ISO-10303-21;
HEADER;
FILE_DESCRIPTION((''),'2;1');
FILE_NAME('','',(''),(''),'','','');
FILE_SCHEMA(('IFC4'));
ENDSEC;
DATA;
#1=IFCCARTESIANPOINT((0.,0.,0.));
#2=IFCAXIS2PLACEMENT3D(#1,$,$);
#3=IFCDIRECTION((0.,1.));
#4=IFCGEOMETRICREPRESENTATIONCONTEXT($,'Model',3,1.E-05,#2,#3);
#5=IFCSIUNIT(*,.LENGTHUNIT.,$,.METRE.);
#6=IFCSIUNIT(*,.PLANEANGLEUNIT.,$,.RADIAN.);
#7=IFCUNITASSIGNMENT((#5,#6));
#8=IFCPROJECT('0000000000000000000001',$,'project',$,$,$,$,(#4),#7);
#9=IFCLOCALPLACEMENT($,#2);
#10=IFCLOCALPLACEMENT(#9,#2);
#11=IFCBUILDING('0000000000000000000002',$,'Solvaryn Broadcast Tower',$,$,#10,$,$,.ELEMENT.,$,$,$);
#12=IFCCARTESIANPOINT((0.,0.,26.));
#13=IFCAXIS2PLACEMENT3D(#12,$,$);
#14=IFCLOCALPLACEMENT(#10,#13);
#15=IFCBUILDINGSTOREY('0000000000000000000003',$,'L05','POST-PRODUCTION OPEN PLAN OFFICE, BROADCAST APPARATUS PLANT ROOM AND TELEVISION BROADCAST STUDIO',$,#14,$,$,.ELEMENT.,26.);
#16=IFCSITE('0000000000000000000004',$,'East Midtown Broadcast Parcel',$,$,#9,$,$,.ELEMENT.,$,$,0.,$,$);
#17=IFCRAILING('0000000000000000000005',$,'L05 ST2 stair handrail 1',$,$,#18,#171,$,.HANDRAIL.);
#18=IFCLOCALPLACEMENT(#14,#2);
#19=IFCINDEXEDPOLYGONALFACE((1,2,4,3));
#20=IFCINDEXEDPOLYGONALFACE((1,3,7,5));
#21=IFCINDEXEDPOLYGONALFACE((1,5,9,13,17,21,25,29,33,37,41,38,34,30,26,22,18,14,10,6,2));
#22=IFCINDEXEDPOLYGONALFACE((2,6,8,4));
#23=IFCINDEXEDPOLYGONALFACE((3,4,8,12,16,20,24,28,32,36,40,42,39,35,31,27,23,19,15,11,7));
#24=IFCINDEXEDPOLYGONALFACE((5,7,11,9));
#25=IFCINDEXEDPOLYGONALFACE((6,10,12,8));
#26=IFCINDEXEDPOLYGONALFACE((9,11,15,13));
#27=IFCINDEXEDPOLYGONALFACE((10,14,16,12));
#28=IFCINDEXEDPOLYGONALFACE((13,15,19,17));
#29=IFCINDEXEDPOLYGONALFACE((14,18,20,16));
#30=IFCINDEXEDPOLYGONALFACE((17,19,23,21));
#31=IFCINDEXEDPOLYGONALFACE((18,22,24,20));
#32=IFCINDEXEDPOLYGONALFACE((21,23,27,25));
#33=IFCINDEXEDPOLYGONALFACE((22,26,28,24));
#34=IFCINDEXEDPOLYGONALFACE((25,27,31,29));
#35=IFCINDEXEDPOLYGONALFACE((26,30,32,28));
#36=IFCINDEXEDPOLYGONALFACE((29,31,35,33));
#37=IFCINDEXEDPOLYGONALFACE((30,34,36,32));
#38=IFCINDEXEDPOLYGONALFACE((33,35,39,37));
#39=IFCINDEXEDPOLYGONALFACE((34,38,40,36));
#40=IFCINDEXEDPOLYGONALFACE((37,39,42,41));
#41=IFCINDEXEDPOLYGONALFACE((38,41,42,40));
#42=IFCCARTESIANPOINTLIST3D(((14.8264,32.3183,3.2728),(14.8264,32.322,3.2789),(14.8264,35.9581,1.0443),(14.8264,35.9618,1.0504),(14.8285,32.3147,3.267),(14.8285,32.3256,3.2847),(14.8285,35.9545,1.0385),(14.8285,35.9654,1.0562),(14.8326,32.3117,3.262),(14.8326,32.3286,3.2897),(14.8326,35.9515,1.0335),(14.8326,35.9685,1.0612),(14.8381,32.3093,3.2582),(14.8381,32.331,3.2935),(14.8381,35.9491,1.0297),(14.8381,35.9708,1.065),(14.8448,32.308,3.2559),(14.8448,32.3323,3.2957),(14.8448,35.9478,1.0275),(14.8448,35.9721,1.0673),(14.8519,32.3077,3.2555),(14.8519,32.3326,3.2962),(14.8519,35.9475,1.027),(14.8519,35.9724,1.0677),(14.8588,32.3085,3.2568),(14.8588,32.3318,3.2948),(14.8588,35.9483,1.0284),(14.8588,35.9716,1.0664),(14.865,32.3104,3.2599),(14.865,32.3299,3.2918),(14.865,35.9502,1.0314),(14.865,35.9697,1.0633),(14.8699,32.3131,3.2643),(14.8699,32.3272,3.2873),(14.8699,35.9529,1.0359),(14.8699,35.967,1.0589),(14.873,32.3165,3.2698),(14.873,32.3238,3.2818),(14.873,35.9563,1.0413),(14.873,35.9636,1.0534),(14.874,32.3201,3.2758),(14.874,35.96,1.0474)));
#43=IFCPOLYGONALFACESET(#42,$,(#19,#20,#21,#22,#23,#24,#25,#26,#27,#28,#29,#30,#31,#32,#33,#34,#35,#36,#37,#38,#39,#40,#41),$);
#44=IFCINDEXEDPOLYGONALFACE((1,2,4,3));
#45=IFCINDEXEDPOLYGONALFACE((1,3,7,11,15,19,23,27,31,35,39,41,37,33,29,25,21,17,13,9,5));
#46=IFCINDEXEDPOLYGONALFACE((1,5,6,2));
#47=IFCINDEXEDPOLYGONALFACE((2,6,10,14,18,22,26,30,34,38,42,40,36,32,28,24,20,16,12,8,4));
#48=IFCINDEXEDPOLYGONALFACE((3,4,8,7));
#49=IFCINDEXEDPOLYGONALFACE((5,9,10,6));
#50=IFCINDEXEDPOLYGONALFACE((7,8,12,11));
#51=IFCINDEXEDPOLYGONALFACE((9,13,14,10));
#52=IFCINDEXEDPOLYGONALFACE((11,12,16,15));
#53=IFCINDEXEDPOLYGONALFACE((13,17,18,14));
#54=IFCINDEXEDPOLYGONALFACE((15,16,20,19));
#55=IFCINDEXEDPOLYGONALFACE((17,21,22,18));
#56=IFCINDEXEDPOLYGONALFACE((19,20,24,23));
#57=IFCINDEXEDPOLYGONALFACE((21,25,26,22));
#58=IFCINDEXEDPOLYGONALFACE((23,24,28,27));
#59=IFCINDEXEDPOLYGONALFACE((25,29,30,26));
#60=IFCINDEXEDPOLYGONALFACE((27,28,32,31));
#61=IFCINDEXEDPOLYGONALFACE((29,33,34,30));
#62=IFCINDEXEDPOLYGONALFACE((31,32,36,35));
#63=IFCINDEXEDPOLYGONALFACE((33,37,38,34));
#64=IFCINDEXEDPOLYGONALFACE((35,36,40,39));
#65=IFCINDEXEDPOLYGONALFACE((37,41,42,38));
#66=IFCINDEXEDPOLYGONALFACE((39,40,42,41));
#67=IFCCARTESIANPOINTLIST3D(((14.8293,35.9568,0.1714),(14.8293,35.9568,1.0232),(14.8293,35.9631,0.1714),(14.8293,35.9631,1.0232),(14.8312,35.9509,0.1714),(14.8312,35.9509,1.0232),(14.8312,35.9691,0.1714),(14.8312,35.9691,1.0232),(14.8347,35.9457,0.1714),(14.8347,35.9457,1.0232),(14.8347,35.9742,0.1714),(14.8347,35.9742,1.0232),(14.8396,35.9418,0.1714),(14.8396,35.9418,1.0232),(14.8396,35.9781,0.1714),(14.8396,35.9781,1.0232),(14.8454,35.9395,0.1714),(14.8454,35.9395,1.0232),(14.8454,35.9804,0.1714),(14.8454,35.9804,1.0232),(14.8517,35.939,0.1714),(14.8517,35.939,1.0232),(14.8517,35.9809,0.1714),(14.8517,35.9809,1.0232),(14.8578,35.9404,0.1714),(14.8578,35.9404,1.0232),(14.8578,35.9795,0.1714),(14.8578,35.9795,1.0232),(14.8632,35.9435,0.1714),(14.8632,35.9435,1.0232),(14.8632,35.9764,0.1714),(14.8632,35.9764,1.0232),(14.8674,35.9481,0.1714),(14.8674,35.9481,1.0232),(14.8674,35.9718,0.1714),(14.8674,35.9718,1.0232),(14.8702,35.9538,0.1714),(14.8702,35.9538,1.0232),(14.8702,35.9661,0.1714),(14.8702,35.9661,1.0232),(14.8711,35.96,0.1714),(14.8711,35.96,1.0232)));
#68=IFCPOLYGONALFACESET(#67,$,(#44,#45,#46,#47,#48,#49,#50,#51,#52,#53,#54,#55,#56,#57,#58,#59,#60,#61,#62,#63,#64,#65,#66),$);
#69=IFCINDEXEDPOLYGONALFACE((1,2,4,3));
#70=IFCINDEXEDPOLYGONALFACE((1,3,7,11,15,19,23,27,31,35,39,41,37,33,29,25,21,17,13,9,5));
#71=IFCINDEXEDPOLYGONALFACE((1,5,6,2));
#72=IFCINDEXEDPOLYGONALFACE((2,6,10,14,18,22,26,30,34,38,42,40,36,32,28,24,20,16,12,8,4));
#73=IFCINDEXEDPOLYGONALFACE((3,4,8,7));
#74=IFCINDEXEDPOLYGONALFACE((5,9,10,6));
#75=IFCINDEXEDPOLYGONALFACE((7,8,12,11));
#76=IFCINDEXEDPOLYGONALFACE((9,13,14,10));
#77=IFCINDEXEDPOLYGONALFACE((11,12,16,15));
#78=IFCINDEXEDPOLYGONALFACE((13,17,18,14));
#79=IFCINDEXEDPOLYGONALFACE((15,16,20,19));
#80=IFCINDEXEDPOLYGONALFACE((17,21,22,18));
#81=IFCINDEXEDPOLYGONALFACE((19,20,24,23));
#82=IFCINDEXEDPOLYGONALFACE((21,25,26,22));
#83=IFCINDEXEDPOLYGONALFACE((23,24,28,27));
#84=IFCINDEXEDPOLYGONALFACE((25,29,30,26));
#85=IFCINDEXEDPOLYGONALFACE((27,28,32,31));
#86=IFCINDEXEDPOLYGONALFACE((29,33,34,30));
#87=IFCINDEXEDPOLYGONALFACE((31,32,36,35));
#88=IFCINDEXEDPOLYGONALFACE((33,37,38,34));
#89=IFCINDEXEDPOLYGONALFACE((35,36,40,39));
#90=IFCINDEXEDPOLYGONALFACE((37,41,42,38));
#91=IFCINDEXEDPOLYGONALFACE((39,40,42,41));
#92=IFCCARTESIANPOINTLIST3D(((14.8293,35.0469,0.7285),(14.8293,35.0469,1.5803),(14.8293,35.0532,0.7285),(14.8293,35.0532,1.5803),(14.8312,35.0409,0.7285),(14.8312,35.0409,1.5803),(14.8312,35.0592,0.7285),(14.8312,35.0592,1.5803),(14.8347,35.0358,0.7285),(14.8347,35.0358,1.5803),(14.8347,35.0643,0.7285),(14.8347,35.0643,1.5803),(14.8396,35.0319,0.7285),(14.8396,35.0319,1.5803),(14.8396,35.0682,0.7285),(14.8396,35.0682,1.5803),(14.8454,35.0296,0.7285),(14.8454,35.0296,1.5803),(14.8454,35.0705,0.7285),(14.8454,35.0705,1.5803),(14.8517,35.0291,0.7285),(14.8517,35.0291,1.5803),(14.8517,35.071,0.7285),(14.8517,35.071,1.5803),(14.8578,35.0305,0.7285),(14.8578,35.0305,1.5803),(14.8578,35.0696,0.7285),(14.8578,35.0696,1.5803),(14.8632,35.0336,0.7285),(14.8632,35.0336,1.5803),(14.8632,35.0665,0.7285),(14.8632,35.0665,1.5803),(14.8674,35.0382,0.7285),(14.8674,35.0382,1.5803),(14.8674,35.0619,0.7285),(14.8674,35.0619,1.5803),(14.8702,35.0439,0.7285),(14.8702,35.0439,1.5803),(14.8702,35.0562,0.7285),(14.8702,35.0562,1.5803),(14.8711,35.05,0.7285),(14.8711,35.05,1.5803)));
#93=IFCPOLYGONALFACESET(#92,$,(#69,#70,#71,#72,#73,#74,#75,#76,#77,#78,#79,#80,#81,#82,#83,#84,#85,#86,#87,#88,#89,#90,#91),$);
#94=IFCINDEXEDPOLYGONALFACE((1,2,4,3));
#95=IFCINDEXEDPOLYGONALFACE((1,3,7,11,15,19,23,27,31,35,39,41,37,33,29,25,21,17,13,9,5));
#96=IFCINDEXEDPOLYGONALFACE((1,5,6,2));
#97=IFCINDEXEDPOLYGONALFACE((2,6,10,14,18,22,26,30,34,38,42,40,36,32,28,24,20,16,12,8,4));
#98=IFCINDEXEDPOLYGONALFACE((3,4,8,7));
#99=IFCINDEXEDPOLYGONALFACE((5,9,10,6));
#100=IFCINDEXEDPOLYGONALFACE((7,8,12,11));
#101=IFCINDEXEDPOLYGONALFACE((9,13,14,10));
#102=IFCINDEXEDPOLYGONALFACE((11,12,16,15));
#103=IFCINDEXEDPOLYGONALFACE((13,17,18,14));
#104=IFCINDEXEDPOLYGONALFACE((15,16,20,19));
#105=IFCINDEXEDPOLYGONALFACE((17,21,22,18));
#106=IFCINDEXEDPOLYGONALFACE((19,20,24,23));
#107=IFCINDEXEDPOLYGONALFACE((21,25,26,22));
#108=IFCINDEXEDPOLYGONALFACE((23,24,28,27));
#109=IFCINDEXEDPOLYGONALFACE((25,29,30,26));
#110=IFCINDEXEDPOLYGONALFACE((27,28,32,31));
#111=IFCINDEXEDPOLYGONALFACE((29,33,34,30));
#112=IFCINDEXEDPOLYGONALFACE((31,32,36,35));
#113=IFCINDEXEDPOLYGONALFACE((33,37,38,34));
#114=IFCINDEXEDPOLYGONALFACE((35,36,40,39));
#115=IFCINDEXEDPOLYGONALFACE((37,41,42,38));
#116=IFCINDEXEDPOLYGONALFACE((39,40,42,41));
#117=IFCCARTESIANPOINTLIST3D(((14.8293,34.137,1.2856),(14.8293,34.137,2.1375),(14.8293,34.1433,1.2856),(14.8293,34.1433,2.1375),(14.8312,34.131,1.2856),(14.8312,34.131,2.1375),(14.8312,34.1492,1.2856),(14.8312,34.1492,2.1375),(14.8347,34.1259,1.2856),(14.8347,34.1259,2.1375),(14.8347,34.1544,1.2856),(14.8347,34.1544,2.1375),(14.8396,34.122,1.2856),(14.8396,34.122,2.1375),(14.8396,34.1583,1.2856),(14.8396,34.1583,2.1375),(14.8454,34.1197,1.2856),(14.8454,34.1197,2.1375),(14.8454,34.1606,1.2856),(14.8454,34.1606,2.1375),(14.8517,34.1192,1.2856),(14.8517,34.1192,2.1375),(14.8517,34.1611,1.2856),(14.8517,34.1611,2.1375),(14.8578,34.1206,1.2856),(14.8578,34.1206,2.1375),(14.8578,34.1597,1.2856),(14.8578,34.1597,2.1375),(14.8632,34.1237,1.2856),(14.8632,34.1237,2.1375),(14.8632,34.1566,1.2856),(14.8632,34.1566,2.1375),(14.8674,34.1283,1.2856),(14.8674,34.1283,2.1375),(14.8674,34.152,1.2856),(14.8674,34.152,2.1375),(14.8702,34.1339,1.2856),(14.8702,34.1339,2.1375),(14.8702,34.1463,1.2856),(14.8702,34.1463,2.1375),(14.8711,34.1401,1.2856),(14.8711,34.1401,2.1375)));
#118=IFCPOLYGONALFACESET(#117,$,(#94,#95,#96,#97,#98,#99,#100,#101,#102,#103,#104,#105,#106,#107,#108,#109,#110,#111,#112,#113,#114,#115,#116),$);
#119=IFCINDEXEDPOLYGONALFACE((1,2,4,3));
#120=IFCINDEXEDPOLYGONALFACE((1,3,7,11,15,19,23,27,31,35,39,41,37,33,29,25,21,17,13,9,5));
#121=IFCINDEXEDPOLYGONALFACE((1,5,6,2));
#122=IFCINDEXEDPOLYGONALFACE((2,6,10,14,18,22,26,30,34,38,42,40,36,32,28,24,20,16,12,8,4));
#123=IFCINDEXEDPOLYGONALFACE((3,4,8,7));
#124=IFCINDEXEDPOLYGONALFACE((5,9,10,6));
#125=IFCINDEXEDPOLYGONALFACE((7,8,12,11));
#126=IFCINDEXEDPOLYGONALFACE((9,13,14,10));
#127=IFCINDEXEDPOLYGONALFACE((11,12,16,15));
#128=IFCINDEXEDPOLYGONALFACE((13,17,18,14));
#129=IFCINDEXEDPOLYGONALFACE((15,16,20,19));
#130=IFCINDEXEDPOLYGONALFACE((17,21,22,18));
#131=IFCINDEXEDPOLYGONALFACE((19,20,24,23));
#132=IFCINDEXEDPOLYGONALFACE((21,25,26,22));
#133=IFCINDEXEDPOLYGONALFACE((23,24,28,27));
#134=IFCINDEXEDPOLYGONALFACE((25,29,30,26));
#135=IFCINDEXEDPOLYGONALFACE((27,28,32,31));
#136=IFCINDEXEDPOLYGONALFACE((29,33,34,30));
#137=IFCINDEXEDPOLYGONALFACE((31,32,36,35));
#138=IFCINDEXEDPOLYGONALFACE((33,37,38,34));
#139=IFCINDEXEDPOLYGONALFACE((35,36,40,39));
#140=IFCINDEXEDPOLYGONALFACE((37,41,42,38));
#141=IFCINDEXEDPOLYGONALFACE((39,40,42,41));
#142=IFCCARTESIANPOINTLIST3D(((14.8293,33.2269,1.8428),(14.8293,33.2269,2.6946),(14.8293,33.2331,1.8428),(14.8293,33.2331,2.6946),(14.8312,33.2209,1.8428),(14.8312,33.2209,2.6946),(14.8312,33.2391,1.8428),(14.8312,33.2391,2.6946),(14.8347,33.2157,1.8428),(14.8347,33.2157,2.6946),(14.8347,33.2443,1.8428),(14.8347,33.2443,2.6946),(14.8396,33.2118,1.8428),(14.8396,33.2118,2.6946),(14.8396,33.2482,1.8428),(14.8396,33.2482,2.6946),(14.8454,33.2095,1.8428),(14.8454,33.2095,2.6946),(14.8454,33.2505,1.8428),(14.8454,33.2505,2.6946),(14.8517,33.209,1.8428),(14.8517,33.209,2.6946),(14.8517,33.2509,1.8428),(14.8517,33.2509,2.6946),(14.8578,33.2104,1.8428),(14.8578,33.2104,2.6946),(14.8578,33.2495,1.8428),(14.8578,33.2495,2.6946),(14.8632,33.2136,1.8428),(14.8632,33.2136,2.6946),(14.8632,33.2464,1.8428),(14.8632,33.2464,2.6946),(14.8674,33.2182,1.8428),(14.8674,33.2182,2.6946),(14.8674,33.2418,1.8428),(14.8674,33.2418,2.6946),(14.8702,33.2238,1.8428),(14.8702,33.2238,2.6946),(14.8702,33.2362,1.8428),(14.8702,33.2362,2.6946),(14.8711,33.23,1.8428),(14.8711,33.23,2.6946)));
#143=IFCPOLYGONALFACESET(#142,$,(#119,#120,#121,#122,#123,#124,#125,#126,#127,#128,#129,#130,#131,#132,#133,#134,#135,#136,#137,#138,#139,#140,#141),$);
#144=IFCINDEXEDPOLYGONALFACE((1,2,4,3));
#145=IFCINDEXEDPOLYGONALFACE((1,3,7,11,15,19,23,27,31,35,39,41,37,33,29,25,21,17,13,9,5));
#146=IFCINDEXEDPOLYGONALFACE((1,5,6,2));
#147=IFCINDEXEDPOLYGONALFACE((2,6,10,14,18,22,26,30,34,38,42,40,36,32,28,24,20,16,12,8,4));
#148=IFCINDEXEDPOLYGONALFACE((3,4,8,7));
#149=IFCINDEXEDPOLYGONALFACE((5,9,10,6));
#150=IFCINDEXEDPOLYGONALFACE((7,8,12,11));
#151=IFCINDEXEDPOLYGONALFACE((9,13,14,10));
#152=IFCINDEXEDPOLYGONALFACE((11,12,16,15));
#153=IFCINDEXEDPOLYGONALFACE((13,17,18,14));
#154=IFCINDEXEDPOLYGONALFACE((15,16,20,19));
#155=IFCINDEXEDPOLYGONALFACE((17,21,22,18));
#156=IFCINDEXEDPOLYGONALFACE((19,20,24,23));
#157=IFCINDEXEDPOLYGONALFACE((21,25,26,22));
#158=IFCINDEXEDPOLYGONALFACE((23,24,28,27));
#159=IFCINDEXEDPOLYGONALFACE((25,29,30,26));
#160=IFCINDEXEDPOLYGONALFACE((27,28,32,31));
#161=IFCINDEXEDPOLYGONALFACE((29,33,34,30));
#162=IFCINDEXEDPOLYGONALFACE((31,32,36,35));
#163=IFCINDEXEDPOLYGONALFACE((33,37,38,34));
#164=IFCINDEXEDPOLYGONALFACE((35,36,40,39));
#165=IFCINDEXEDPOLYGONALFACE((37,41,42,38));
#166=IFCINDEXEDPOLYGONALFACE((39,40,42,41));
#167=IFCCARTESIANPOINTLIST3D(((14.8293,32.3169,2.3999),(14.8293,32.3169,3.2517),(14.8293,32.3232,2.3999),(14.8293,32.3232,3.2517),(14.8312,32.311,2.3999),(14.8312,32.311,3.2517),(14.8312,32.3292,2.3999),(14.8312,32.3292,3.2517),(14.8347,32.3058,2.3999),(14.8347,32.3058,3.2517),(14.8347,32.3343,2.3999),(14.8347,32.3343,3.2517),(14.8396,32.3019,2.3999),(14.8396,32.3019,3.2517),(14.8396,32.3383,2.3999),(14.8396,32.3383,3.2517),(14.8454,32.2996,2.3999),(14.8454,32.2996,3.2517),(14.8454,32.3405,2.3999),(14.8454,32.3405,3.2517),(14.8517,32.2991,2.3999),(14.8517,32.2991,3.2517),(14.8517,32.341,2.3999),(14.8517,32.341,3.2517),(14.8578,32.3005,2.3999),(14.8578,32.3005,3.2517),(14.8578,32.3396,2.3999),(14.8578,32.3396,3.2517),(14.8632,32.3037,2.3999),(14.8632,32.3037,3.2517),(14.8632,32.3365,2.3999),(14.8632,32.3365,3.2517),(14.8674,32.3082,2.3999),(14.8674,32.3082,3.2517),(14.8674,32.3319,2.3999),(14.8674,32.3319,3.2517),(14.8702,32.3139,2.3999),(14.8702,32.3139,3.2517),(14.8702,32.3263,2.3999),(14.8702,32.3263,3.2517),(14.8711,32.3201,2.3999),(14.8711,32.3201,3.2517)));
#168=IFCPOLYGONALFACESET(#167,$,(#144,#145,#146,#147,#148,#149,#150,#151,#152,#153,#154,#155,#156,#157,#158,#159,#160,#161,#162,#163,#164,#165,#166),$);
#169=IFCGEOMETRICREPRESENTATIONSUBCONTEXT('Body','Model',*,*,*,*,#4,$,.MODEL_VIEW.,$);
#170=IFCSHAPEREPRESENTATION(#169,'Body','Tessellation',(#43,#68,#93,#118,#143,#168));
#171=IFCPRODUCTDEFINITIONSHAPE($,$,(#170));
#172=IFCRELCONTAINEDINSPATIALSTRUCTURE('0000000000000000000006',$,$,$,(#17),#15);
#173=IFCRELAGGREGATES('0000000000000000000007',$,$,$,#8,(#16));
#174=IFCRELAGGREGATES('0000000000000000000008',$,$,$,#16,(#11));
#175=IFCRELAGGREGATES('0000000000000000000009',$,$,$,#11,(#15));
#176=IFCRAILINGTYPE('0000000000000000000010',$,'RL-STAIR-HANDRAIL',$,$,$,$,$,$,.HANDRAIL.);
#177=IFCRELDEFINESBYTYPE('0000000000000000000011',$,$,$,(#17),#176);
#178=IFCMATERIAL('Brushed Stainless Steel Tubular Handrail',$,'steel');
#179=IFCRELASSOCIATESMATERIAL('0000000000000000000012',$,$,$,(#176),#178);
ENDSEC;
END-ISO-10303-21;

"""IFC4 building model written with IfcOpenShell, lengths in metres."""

from ifc_helpers import new_model, si_unit, direction, frame, origin, origin_2d, place, context, subcontext, project, spatial, circle, extrude, material, type_object, element, save


model = new_model("IFC4")

# Units and contexts
model_context = context("Model", 3, precision=1e-05, world=origin(), true_north=direction((0.0, 1.0)))
body_context = subcontext(model_context, "Body", "Model", "MODEL_VIEW")
ifc_project = project(units=[si_unit("LENGTHUNIT", "METRE"), si_unit("PLANEANGLEUNIT", "RADIAN")], contexts=[model_context])

# Site, building, storey
site_placement = place(None, origin())
site = spatial("IfcSite", under=ifc_project, at=site_placement, Name="East Midtown Broadcast Parcel", CompositionType="ELEMENT", RefElevation=0.0)
building_placement = place(site_placement, origin())
building = spatial("IfcBuilding", under=site, at=building_placement, Name="Solvaryn Broadcast Tower", CompositionType="ELEMENT")
storey_placement = place(building_placement, frame((0.0, 0.0, 26.0)))
storey = spatial("IfcBuildingStorey", under=building, at=storey_placement, Name="L05", Description="POST-PRODUCTION OPEN PLAN OFFICE, BROADCAST APPARATUS PLANT ROOM AND TELEVISION BROADCAST STUDIO", CompositionType="ELEMENT", Elevation=26.0)

# Railing
ifc_material_1 = material(Name="Brushed Stainless Steel Tubular Handrail", Category="steel")
railing_type_1 = type_object("IfcRailingType", Name="RL-STAIR-HANDRAIL", PredefinedType="HANDRAIL", material=ifc_material_1)
railing_1_placement = place(storey_placement, frame((14.8501, 35.96, 0.1714)))
element("IfcRailing", 1, at=railing_1_placement, inside=storey, type_object=railing_type_1, Name="L05 ST2 stair handrail 1", PredefinedType="HANDRAIL", context=body_context, shape_type="SweptSolid", body=[
    extrude(circle(Radius=0.0239, at=origin_2d()), frame((0.0, 0.0, 0.876), z_axis=(0.0, -0.85285, 0.522156), x_axis=(1.0, 0.0, 0.0)), (0.0, 0.0, 1.0), 4.2678),
    extrude(circle(Radius=0.021, at=origin_2d()), origin(), (0.0, 0.0, 1.0), 0.8518),
    extrude(circle(Radius=0.021, at=origin_2d()), frame((0.0, -0.9099, 0.5571)), (0.0, 0.0, 1.0), 0.8518),
    extrude(circle(Radius=0.021, at=origin_2d()), frame((0.0, -1.8198, 1.1143)), (0.0, 0.0, 1.0), 0.8518),
    extrude(circle(Radius=0.021, at=origin_2d()), frame((0.0, -2.73, 1.6714)), (0.0, 0.0, 1.0), 0.8518),
    extrude(circle(Radius=0.021, at=origin_2d()), frame((0.0, -3.6399, 2.2285)), (0.0, 0.0, 1.0), 0.8518),
])

save(model, "model.ifc")
